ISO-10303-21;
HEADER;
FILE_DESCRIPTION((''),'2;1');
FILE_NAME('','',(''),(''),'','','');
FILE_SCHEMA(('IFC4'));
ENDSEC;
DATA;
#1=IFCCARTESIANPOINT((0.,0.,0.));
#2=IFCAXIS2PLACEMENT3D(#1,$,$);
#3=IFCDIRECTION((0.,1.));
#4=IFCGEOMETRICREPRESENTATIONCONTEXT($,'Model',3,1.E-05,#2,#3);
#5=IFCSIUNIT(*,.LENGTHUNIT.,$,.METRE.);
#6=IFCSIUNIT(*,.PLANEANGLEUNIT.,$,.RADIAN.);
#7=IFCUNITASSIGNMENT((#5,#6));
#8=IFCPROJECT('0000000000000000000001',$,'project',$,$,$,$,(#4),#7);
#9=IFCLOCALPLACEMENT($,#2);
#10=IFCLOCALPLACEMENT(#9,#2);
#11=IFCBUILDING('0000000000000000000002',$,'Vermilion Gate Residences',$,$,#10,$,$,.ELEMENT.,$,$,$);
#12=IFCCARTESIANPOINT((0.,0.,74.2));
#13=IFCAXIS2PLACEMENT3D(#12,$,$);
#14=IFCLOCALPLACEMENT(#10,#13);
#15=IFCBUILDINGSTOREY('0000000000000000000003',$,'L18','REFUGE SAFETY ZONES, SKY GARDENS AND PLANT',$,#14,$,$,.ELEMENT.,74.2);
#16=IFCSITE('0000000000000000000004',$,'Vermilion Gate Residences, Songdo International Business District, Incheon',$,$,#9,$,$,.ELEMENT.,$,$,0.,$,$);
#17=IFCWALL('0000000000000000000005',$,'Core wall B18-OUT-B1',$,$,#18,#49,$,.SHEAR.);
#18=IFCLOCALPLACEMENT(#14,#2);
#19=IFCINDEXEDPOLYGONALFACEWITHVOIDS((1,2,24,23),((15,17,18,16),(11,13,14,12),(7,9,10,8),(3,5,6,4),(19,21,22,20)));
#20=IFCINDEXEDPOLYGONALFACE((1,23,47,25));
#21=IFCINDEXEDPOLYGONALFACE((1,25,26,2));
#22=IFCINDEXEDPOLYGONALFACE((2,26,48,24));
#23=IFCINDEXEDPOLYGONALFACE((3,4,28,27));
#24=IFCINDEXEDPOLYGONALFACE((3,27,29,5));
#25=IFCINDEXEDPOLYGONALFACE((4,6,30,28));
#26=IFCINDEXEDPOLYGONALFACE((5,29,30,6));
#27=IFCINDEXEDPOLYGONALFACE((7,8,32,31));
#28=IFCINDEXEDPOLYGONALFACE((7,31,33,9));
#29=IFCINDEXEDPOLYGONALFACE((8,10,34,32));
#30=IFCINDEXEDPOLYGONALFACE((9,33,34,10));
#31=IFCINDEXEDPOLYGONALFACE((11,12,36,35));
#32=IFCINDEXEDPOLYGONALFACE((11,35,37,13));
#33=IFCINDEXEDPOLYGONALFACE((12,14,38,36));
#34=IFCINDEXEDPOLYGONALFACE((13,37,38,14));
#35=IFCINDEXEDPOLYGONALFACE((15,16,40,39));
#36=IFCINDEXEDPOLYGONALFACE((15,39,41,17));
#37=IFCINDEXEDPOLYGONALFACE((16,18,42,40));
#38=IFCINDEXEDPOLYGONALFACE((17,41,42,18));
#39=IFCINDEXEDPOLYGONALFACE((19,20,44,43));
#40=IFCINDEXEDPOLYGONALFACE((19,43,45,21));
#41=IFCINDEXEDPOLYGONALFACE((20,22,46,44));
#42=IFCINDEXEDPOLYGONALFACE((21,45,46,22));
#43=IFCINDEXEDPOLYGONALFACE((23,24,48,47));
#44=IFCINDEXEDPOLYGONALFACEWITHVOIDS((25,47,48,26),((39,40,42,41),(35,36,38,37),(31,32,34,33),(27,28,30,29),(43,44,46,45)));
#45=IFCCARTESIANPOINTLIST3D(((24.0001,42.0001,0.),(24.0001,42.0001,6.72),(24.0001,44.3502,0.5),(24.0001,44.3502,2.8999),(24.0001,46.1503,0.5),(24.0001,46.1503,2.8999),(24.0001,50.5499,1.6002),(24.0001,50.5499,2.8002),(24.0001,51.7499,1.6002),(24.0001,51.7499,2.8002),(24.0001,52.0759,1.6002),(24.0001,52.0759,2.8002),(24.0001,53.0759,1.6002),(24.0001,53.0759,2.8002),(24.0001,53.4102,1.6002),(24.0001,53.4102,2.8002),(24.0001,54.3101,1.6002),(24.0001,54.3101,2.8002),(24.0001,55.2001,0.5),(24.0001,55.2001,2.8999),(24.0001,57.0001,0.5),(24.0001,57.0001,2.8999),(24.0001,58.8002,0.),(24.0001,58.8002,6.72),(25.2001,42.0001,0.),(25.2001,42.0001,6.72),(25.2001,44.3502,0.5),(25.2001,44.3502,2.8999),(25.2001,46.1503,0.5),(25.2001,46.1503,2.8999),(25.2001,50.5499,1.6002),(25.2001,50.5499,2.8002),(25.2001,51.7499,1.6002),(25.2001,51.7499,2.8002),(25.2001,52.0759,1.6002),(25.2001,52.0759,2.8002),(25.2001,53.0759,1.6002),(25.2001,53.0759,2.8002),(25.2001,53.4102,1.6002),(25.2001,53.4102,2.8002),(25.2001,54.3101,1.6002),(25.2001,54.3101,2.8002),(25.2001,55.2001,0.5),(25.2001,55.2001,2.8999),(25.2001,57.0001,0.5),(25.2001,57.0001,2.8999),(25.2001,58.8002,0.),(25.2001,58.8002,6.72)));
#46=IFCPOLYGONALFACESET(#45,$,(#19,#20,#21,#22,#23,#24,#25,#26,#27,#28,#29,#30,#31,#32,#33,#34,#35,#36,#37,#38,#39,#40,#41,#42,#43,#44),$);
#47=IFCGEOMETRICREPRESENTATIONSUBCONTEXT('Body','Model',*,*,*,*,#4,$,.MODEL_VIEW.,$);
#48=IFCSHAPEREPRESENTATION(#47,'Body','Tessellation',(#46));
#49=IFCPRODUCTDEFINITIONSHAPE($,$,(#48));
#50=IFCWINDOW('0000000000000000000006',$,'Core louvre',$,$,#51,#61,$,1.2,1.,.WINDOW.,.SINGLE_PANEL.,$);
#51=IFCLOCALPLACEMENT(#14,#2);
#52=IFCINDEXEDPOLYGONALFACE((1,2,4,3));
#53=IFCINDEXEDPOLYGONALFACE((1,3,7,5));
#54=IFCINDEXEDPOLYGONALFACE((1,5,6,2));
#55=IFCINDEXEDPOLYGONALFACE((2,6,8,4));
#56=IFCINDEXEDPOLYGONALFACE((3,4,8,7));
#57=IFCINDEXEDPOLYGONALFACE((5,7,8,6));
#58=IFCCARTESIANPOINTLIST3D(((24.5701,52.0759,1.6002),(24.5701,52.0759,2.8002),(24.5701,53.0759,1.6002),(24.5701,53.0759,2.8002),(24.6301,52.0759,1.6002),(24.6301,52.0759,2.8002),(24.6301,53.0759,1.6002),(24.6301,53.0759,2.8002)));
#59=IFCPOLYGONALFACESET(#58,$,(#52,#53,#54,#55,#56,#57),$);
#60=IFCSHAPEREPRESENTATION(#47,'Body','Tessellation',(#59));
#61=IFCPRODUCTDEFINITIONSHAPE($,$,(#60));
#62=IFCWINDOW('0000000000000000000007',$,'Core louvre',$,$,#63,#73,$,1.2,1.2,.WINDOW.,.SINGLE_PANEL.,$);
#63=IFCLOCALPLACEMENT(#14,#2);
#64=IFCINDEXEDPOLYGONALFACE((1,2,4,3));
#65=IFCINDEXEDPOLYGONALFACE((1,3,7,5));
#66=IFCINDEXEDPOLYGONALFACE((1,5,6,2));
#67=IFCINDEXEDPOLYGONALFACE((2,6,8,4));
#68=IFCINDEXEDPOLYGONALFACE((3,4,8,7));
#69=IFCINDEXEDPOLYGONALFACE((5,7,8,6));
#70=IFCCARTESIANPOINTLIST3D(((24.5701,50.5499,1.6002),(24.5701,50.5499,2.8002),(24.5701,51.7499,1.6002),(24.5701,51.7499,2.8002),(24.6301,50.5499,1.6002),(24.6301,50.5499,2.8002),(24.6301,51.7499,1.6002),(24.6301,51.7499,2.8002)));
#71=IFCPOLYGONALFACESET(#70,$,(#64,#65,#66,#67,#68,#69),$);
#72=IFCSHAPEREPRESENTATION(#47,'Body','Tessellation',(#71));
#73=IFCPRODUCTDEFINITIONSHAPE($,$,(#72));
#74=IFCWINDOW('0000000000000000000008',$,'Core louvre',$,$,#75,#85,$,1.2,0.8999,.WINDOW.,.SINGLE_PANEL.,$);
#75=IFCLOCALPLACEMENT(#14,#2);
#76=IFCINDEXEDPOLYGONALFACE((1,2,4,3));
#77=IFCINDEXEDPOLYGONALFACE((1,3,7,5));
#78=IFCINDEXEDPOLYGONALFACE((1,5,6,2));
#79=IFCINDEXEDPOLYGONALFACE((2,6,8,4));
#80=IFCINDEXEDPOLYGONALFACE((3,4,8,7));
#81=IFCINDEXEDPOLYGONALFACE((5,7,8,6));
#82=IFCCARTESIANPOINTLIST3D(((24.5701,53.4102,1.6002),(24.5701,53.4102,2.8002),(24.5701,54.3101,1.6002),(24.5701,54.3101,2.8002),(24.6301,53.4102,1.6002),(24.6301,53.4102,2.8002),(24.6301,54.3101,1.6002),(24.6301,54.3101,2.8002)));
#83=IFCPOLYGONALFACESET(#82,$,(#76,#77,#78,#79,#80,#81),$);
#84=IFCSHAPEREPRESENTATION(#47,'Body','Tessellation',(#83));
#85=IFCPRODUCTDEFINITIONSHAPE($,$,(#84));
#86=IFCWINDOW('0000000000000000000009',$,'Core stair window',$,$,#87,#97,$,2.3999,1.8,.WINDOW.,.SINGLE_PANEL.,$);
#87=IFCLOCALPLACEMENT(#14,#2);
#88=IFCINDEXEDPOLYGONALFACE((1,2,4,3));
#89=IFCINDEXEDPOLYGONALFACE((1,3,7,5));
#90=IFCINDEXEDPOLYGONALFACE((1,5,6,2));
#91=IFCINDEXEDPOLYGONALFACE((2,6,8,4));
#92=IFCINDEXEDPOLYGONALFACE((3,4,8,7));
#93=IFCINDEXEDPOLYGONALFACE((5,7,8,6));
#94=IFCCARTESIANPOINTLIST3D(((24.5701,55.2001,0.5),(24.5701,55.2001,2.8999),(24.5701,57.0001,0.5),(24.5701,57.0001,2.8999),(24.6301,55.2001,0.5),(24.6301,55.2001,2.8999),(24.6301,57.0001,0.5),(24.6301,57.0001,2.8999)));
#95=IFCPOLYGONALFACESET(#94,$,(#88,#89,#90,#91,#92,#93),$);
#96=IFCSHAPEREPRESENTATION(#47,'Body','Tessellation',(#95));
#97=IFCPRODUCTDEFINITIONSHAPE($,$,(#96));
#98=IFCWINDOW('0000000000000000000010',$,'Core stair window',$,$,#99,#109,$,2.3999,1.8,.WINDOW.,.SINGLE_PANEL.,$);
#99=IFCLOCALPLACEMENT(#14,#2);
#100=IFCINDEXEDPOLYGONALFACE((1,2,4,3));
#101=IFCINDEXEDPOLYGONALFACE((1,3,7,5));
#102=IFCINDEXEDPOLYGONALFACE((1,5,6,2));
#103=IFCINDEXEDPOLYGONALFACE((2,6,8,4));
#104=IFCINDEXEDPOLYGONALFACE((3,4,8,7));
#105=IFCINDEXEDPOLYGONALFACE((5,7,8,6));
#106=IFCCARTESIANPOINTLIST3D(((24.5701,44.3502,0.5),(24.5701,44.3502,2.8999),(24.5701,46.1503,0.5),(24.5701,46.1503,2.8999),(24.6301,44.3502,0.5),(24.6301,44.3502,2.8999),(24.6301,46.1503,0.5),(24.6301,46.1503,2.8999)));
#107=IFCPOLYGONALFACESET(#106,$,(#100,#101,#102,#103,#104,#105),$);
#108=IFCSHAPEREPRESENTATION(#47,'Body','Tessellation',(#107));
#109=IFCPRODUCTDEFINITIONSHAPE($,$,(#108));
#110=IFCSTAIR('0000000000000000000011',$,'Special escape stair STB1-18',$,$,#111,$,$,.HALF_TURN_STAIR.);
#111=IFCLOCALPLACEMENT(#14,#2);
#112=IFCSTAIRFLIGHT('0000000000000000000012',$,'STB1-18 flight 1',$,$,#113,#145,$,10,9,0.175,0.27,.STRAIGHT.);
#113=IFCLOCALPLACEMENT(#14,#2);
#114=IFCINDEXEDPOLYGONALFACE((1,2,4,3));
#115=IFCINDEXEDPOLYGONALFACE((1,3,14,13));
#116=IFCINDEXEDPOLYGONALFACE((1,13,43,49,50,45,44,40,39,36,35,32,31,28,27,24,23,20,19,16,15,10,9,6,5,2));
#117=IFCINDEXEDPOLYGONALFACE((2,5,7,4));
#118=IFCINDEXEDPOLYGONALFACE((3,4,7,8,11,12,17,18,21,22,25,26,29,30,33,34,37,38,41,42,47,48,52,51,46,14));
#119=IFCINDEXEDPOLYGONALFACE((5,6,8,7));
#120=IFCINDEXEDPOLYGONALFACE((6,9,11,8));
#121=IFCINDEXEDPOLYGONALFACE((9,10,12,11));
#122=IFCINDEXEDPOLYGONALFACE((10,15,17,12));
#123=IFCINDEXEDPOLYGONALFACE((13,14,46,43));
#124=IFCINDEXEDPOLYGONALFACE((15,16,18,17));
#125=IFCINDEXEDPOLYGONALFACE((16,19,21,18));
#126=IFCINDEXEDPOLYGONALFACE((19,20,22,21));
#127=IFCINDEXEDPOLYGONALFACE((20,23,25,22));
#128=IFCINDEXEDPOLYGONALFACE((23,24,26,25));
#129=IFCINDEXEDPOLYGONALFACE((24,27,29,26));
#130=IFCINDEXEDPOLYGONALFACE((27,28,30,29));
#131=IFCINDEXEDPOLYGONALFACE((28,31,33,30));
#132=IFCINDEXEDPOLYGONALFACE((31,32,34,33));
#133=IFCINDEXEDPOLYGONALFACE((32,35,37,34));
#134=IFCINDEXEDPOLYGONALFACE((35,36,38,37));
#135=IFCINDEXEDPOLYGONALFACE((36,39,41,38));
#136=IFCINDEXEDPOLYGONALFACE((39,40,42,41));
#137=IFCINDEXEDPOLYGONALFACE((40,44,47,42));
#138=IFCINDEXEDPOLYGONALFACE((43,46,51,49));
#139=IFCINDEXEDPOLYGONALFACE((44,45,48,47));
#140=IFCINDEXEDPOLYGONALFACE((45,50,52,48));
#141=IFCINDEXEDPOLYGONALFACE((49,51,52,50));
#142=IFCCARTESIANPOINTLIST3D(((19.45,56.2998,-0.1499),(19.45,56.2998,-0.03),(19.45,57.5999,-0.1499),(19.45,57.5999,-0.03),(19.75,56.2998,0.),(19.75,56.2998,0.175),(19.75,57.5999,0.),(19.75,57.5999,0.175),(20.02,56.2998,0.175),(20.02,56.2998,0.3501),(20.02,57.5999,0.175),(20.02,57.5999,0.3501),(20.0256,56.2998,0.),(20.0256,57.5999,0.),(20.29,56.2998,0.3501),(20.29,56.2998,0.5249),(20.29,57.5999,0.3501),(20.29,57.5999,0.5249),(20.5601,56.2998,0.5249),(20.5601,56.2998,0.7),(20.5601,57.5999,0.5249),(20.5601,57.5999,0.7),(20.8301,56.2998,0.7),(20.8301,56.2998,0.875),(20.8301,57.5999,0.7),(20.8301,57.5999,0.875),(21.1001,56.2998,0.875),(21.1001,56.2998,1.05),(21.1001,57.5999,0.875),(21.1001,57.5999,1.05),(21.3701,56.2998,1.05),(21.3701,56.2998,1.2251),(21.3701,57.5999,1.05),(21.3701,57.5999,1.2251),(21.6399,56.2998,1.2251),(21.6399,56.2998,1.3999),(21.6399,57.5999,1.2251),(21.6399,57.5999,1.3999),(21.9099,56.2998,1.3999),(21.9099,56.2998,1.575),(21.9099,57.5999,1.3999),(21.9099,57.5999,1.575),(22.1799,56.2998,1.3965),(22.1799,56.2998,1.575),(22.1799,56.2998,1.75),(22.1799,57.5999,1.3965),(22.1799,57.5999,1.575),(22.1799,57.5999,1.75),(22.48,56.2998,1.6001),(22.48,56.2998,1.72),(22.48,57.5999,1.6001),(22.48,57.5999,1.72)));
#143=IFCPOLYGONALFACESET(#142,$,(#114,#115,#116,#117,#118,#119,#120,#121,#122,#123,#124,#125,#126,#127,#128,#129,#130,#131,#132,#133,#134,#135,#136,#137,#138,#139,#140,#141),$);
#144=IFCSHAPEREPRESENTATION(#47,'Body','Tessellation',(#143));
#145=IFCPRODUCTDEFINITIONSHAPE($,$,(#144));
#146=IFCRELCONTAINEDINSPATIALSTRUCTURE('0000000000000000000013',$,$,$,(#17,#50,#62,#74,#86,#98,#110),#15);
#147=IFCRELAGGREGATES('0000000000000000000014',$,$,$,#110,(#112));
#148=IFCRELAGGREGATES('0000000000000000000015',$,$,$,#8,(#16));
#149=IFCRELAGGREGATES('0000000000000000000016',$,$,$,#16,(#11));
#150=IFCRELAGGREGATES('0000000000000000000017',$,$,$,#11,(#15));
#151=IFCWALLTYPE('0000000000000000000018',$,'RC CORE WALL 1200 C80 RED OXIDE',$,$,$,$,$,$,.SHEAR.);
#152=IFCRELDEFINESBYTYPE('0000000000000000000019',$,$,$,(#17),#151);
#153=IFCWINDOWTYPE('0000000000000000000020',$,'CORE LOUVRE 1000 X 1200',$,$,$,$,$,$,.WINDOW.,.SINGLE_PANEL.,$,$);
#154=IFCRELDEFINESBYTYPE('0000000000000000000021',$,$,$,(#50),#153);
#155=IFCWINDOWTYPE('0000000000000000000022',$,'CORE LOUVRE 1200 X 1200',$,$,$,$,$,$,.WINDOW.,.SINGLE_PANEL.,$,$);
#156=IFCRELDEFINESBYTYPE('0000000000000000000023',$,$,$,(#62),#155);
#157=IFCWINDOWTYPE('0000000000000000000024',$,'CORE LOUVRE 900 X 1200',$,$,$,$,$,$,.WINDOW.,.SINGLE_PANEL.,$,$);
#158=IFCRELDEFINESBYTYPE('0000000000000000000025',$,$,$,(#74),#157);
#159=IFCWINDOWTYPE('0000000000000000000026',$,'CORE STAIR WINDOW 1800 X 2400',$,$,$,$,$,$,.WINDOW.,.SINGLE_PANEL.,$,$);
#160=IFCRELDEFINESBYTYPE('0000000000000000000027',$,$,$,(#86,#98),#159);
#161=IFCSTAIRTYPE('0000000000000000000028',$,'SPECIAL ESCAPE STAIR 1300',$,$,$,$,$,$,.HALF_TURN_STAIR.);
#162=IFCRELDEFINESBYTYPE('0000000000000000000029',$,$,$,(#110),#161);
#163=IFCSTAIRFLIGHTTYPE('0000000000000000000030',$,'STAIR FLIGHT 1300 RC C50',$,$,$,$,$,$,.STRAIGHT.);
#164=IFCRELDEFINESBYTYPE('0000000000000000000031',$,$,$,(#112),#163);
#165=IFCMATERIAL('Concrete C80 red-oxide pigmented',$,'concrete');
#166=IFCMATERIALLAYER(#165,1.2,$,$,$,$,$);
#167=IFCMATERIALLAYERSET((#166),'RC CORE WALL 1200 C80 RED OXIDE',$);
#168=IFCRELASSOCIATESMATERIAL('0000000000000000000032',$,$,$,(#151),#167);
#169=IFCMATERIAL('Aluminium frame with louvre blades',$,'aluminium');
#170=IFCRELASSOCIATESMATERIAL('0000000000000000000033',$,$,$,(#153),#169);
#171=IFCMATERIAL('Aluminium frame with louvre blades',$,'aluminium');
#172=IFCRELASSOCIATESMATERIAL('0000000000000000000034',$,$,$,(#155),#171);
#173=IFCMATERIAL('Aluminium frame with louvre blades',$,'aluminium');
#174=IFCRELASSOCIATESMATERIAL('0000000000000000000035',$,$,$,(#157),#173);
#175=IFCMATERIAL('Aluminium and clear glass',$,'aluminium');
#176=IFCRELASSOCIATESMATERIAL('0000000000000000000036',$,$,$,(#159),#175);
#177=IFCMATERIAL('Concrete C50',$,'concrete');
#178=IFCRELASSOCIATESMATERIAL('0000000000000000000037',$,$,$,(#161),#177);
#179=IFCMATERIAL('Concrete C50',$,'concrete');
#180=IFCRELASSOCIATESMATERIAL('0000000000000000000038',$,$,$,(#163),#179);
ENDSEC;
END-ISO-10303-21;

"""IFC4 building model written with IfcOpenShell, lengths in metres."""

from ifc_helpers import new_model, si_unit, direction, frame, frame_2d, origin, place, context, subcontext, project, spatial, polyline, rectangle, outline, extrude, material, layer, layer_set, type_object, element, fill, aggregate, save


model = new_model("IFC4")

# Units and contexts
model_context = context("Model", 3, precision=1e-05, world=origin(), true_north=direction((0.0, 1.0)))
body_context = subcontext(model_context, "Body", "Model", "MODEL_VIEW")
ifc_project = project(units=[si_unit("LENGTHUNIT", "METRE"), si_unit("PLANEANGLEUNIT", "RADIAN")], contexts=[model_context])

# Site, building, storey
site_placement = place(None, origin())
site = spatial("IfcSite", under=ifc_project, at=site_placement, Name="Vermilion Gate Residences, Songdo International Business District, Incheon", CompositionType="ELEMENT", RefElevation=0.0)
building_placement = place(site_placement, origin())
building = spatial("IfcBuilding", under=site, at=building_placement, Name="Vermilion Gate Residences", CompositionType="ELEMENT")
storey_placement = place(building_placement, frame((0.0, 0.0, 74.2)))
storey = spatial("IfcBuildingStorey", under=building, at=storey_placement, Name="L18", Description="REFUGE SAFETY ZONES, SKY GARDENS AND PLANT", CompositionType="ELEMENT", Elevation=74.2)

# Wall, openings, windows
ifc_material_1 = material(Name="Concrete C80 red-oxide pigmented", Category="concrete")
ifc_layer_1 = layer(ifc_material_1, 1.2)
ifc_layer_set_1 = layer_set([ifc_layer_1], Name="RC CORE WALL 1200 C80 RED OXIDE")
wall_type_1 = type_object("IfcWallType", Name="RC CORE WALL 1200 C80 RED OXIDE", PredefinedType="SHEAR", material=ifc_layer_set_1)
wall_1_placement = place(storey_placement, frame((24.6001, 58.8, 0.0), z_axis=(0.0, 0.0, 1.0), x_axis=(0.0, -1.0, 0.0)))
wall_1 = element("IfcWall", 1, at=wall_1_placement, inside=storey, type_object=wall_type_1, Name="Core wall B18-OUT-B1", PredefinedType="SHEAR", context=body_context, shape_type="SweptSolid", body=[
    extrude(rectangle(XDim=16.8, YDim=1.2, at=frame_2d((8.3999, 0.0))), origin(), (0.0, 0.0, 1.0), 6.72),
])
opening_1_placement = place(wall_1_placement, frame((1.8, 0.0, 0.5)))
opening_1 = element("IfcOpeningElement", 2, at=opening_1_placement, cuts=wall_1, PredefinedType="OPENING", context=body_context, shape_type="SweptSolid", body=[
    extrude(rectangle(XDim=1.8, YDim=2.3999, at=frame_2d((0.8999, 1.2))), frame((0.0, 0.6099, 0.0), z_axis=(0.0, -1.0, 0.0), x_axis=(1.0, 0.0, 0.0)), (0.0, 0.0, 1.0), 1.22),
])
opening_2_placement = place(wall_1_placement, frame((4.49, 0.0, 1.6001)))
opening_2 = element("IfcOpeningElement", 3, at=opening_2_placement, cuts=wall_1, PredefinedType="OPENING", context=body_context, shape_type="SweptSolid", body=[
    extrude(rectangle(XDim=0.8999, YDim=1.2, at=frame_2d((0.45, 0.6001))), frame((0.0, 0.6099, 0.0), z_axis=(0.0, -1.0, 0.0), x_axis=(1.0, 0.0, 0.0)), (0.0, 0.0, 1.0), 1.22),
])
opening_3_placement = place(wall_1_placement, frame((5.7241, 0.0, 1.6001)))
opening_3 = element("IfcOpeningElement", 4, at=opening_3_placement, cuts=wall_1, PredefinedType="OPENING", context=body_context, shape_type="SweptSolid", body=[
    extrude(rectangle(XDim=1.0, YDim=1.2, at=frame_2d((0.5, 0.6001))), frame((0.0, 0.6099, 0.0), z_axis=(0.0, -1.0, 0.0), x_axis=(1.0, 0.0, 0.0)), (0.0, 0.0, 1.0), 1.22),
])
opening_4_placement = place(wall_1_placement, frame((7.05, 0.0, 1.6001)))
opening_4 = element("IfcOpeningElement", 5, at=opening_4_placement, cuts=wall_1, PredefinedType="OPENING", context=body_context, shape_type="SweptSolid", body=[
    extrude(rectangle(XDim=1.2, YDim=1.2, at=frame_2d((0.6001, 0.6001))), frame((0.0, 0.6099, 0.0), z_axis=(0.0, -1.0, 0.0), x_axis=(1.0, 0.0, 0.0)), (0.0, 0.0, 1.0), 1.22),
])
opening_5_placement = place(wall_1_placement, frame((12.6499, 0.0, 0.5)))
opening_5 = element("IfcOpeningElement", 6, at=opening_5_placement, cuts=wall_1, PredefinedType="OPENING", context=body_context, shape_type="SweptSolid", body=[
    extrude(rectangle(XDim=1.8, YDim=2.3999, at=frame_2d((0.8999, 1.2))), frame((0.0, 0.6099, 0.0), z_axis=(0.0, -1.0, 0.0), x_axis=(1.0, 0.0, 0.0)), (0.0, 0.0, 1.0), 1.22),
])
ifc_material_2 = material(Name="Aluminium frame with louvre blades", Category="aluminium")
window_type_1 = type_object("IfcWindowType", Name="CORE LOUVRE 1000 X 1200", PartitioningType="SINGLE_PANEL", PredefinedType="WINDOW", material=ifc_material_2)
window_1_placement = place(opening_3_placement, origin())
window_1 = element("IfcWindow", 7, at=window_1_placement, inside=storey, type_object=window_type_1, Name="Core louvre", OverallHeight=1.2, OverallWidth=1.0, PartitioningType="SINGLE_PANEL", PredefinedType="WINDOW", context=body_context, shape_type="SweptSolid", body=[
    extrude(rectangle(XDim=1.0, YDim=1.2, at=frame_2d((0.5, 0.6001))), frame((0.0, 0.03, 0.0), z_axis=(0.0, -1.0, 0.0), x_axis=(1.0, 0.0, 0.0)), (0.0, 0.0, 1.0), 0.0601),
])
fill(opening_3, window_1)
ifc_material_3 = material(Name="Aluminium frame with louvre blades", Category="aluminium")
window_type_2 = type_object("IfcWindowType", Name="CORE LOUVRE 1200 X 1200", PartitioningType="SINGLE_PANEL", PredefinedType="WINDOW", material=ifc_material_3)
window_2_placement = place(opening_4_placement, origin())
window_2 = element("IfcWindow", 8, at=window_2_placement, inside=storey, type_object=window_type_2, Name="Core louvre", OverallHeight=1.2, OverallWidth=1.2, PartitioningType="SINGLE_PANEL", PredefinedType="WINDOW", context=body_context, shape_type="SweptSolid", body=[
    extrude(rectangle(XDim=1.2, YDim=1.2, at=frame_2d((0.6001, 0.6001))), frame((0.0, 0.03, 0.0), z_axis=(0.0, -1.0, 0.0), x_axis=(1.0, 0.0, 0.0)), (0.0, 0.0, 1.0), 0.0601),
])
fill(opening_4, window_2)
ifc_material_4 = material(Name="Aluminium frame with louvre blades", Category="aluminium")
window_type_3 = type_object("IfcWindowType", Name="CORE LOUVRE 900 X 1200", PartitioningType="SINGLE_PANEL", PredefinedType="WINDOW", material=ifc_material_4)
window_3_placement = place(opening_2_placement, origin())
window_3 = element("IfcWindow", 9, at=window_3_placement, inside=storey, type_object=window_type_3, Name="Core louvre", OverallHeight=1.2, OverallWidth=0.8999, PartitioningType="SINGLE_PANEL", PredefinedType="WINDOW", context=body_context, shape_type="SweptSolid", body=[
    extrude(rectangle(XDim=0.8999, YDim=1.2, at=frame_2d((0.45, 0.6001))), frame((0.0, 0.03, 0.0), z_axis=(0.0, -1.0, 0.0), x_axis=(1.0, 0.0, 0.0)), (0.0, 0.0, 1.0), 0.0601),
])
fill(opening_2, window_3)
ifc_material_5 = material(Name="Aluminium and clear glass", Category="aluminium")
window_type_4 = type_object("IfcWindowType", Name="CORE STAIR WINDOW 1800 X 2400", PartitioningType="SINGLE_PANEL", PredefinedType="WINDOW", material=ifc_material_5)
window_4_placement = place(opening_1_placement, origin())
window_4 = element("IfcWindow", 10, at=window_4_placement, inside=storey, type_object=window_type_4, Name="Core stair window", OverallHeight=2.3999, OverallWidth=1.8, PartitioningType="SINGLE_PANEL", PredefinedType="WINDOW", context=body_context, shape_type="SweptSolid", body=[
    extrude(rectangle(XDim=1.8, YDim=2.3999, at=frame_2d((0.8999, 1.2))), frame((0.0, 0.03, 0.0), z_axis=(0.0, -1.0, 0.0), x_axis=(1.0, 0.0, 0.0)), (0.0, 0.0, 1.0), 0.0601),
])
fill(opening_1, window_4)
window_5_placement = place(opening_5_placement, origin())
window_5 = element("IfcWindow", 11, at=window_5_placement, inside=storey, type_object=window_type_4, Name="Core stair window", OverallHeight=2.3999, OverallWidth=1.8, PartitioningType="SINGLE_PANEL", PredefinedType="WINDOW", context=body_context, shape_type="SweptSolid", body=[
    extrude(rectangle(XDim=1.8, YDim=2.3999, at=frame_2d((0.8999, 1.2))), frame((0.0, 0.03, 0.0), z_axis=(0.0, -1.0, 0.0), x_axis=(1.0, 0.0, 0.0)), (0.0, 0.0, 1.0), 0.0601),
])
fill(opening_5, window_5)

# Stair, stair flight
ifc_material_6 = material(Name="Concrete C50", Category="concrete")
stair_type = type_object("IfcStairType", Name="SPECIAL ESCAPE STAIR 1300", PredefinedType="HALF_TURN_STAIR", material=ifc_material_6)
stair_placement = place(storey_placement, origin())
stair = element("IfcStair", 12, at=stair_placement, inside=storey, type_object=stair_type, Name="Special escape stair STB1-18", PredefinedType="HALF_TURN_STAIR")
ifc_material_7 = material(Name="Concrete C50", Category="concrete")
stair_flight_type = type_object("IfcStairFlightType", Name="STAIR FLIGHT 1300 RC C50", PredefinedType="STRAIGHT", material=ifc_material_7)
stair_flight_1_placement = place(storey_placement, frame((19.75, 56.95, 0.0), z_axis=(0.0, 0.0, 1.0), x_axis=(1.0, 0.0, 0.0)))
stair_flight_1 = element("IfcStairFlight", 13, at=stair_flight_1_placement, type_object=stair_flight_type, Name="STB1-18 flight 1", NumberOfRisers=10, NumberOfTreads=9, PredefinedType="STRAIGHT", RiserHeight=0.175, TreadLength=0.27, context=body_context, shape_type="SweptSolid", body=[
    extrude(outline(polyline([(-0.3, -0.1499), (-0.3, -0.03), (0.0, 0.0), (0.0, 0.175), (0.27, 0.175), (0.27, 0.3501), (0.54, 0.3501), (0.54, 0.5249), (0.8101, 0.5249), (0.8101, 0.7), (1.0801, 0.7), (1.0801, 0.875), (1.3501, 0.875), (1.3501, 1.05), (1.6201, 1.05), (1.6201, 1.2251), (1.8899, 1.2251), (1.8899, 1.3999), (2.1599, 1.3999), (2.1599, 1.575), (2.4299, 1.575), (2.4299, 1.75), (2.73, 1.72), (2.73, 1.6001), (2.4299, 1.3965), (0.2756, 0.0), (-0.3, -0.1499)])), frame((0.0, 0.6499, 0.0), z_axis=(0.0, -1.0, 0.0), x_axis=(1.0, 0.0, 0.0)), (0.0, 0.0, 1.0), 1.3),
])
aggregate(stair, [stair_flight_1])

save(model, "model.ifc")
